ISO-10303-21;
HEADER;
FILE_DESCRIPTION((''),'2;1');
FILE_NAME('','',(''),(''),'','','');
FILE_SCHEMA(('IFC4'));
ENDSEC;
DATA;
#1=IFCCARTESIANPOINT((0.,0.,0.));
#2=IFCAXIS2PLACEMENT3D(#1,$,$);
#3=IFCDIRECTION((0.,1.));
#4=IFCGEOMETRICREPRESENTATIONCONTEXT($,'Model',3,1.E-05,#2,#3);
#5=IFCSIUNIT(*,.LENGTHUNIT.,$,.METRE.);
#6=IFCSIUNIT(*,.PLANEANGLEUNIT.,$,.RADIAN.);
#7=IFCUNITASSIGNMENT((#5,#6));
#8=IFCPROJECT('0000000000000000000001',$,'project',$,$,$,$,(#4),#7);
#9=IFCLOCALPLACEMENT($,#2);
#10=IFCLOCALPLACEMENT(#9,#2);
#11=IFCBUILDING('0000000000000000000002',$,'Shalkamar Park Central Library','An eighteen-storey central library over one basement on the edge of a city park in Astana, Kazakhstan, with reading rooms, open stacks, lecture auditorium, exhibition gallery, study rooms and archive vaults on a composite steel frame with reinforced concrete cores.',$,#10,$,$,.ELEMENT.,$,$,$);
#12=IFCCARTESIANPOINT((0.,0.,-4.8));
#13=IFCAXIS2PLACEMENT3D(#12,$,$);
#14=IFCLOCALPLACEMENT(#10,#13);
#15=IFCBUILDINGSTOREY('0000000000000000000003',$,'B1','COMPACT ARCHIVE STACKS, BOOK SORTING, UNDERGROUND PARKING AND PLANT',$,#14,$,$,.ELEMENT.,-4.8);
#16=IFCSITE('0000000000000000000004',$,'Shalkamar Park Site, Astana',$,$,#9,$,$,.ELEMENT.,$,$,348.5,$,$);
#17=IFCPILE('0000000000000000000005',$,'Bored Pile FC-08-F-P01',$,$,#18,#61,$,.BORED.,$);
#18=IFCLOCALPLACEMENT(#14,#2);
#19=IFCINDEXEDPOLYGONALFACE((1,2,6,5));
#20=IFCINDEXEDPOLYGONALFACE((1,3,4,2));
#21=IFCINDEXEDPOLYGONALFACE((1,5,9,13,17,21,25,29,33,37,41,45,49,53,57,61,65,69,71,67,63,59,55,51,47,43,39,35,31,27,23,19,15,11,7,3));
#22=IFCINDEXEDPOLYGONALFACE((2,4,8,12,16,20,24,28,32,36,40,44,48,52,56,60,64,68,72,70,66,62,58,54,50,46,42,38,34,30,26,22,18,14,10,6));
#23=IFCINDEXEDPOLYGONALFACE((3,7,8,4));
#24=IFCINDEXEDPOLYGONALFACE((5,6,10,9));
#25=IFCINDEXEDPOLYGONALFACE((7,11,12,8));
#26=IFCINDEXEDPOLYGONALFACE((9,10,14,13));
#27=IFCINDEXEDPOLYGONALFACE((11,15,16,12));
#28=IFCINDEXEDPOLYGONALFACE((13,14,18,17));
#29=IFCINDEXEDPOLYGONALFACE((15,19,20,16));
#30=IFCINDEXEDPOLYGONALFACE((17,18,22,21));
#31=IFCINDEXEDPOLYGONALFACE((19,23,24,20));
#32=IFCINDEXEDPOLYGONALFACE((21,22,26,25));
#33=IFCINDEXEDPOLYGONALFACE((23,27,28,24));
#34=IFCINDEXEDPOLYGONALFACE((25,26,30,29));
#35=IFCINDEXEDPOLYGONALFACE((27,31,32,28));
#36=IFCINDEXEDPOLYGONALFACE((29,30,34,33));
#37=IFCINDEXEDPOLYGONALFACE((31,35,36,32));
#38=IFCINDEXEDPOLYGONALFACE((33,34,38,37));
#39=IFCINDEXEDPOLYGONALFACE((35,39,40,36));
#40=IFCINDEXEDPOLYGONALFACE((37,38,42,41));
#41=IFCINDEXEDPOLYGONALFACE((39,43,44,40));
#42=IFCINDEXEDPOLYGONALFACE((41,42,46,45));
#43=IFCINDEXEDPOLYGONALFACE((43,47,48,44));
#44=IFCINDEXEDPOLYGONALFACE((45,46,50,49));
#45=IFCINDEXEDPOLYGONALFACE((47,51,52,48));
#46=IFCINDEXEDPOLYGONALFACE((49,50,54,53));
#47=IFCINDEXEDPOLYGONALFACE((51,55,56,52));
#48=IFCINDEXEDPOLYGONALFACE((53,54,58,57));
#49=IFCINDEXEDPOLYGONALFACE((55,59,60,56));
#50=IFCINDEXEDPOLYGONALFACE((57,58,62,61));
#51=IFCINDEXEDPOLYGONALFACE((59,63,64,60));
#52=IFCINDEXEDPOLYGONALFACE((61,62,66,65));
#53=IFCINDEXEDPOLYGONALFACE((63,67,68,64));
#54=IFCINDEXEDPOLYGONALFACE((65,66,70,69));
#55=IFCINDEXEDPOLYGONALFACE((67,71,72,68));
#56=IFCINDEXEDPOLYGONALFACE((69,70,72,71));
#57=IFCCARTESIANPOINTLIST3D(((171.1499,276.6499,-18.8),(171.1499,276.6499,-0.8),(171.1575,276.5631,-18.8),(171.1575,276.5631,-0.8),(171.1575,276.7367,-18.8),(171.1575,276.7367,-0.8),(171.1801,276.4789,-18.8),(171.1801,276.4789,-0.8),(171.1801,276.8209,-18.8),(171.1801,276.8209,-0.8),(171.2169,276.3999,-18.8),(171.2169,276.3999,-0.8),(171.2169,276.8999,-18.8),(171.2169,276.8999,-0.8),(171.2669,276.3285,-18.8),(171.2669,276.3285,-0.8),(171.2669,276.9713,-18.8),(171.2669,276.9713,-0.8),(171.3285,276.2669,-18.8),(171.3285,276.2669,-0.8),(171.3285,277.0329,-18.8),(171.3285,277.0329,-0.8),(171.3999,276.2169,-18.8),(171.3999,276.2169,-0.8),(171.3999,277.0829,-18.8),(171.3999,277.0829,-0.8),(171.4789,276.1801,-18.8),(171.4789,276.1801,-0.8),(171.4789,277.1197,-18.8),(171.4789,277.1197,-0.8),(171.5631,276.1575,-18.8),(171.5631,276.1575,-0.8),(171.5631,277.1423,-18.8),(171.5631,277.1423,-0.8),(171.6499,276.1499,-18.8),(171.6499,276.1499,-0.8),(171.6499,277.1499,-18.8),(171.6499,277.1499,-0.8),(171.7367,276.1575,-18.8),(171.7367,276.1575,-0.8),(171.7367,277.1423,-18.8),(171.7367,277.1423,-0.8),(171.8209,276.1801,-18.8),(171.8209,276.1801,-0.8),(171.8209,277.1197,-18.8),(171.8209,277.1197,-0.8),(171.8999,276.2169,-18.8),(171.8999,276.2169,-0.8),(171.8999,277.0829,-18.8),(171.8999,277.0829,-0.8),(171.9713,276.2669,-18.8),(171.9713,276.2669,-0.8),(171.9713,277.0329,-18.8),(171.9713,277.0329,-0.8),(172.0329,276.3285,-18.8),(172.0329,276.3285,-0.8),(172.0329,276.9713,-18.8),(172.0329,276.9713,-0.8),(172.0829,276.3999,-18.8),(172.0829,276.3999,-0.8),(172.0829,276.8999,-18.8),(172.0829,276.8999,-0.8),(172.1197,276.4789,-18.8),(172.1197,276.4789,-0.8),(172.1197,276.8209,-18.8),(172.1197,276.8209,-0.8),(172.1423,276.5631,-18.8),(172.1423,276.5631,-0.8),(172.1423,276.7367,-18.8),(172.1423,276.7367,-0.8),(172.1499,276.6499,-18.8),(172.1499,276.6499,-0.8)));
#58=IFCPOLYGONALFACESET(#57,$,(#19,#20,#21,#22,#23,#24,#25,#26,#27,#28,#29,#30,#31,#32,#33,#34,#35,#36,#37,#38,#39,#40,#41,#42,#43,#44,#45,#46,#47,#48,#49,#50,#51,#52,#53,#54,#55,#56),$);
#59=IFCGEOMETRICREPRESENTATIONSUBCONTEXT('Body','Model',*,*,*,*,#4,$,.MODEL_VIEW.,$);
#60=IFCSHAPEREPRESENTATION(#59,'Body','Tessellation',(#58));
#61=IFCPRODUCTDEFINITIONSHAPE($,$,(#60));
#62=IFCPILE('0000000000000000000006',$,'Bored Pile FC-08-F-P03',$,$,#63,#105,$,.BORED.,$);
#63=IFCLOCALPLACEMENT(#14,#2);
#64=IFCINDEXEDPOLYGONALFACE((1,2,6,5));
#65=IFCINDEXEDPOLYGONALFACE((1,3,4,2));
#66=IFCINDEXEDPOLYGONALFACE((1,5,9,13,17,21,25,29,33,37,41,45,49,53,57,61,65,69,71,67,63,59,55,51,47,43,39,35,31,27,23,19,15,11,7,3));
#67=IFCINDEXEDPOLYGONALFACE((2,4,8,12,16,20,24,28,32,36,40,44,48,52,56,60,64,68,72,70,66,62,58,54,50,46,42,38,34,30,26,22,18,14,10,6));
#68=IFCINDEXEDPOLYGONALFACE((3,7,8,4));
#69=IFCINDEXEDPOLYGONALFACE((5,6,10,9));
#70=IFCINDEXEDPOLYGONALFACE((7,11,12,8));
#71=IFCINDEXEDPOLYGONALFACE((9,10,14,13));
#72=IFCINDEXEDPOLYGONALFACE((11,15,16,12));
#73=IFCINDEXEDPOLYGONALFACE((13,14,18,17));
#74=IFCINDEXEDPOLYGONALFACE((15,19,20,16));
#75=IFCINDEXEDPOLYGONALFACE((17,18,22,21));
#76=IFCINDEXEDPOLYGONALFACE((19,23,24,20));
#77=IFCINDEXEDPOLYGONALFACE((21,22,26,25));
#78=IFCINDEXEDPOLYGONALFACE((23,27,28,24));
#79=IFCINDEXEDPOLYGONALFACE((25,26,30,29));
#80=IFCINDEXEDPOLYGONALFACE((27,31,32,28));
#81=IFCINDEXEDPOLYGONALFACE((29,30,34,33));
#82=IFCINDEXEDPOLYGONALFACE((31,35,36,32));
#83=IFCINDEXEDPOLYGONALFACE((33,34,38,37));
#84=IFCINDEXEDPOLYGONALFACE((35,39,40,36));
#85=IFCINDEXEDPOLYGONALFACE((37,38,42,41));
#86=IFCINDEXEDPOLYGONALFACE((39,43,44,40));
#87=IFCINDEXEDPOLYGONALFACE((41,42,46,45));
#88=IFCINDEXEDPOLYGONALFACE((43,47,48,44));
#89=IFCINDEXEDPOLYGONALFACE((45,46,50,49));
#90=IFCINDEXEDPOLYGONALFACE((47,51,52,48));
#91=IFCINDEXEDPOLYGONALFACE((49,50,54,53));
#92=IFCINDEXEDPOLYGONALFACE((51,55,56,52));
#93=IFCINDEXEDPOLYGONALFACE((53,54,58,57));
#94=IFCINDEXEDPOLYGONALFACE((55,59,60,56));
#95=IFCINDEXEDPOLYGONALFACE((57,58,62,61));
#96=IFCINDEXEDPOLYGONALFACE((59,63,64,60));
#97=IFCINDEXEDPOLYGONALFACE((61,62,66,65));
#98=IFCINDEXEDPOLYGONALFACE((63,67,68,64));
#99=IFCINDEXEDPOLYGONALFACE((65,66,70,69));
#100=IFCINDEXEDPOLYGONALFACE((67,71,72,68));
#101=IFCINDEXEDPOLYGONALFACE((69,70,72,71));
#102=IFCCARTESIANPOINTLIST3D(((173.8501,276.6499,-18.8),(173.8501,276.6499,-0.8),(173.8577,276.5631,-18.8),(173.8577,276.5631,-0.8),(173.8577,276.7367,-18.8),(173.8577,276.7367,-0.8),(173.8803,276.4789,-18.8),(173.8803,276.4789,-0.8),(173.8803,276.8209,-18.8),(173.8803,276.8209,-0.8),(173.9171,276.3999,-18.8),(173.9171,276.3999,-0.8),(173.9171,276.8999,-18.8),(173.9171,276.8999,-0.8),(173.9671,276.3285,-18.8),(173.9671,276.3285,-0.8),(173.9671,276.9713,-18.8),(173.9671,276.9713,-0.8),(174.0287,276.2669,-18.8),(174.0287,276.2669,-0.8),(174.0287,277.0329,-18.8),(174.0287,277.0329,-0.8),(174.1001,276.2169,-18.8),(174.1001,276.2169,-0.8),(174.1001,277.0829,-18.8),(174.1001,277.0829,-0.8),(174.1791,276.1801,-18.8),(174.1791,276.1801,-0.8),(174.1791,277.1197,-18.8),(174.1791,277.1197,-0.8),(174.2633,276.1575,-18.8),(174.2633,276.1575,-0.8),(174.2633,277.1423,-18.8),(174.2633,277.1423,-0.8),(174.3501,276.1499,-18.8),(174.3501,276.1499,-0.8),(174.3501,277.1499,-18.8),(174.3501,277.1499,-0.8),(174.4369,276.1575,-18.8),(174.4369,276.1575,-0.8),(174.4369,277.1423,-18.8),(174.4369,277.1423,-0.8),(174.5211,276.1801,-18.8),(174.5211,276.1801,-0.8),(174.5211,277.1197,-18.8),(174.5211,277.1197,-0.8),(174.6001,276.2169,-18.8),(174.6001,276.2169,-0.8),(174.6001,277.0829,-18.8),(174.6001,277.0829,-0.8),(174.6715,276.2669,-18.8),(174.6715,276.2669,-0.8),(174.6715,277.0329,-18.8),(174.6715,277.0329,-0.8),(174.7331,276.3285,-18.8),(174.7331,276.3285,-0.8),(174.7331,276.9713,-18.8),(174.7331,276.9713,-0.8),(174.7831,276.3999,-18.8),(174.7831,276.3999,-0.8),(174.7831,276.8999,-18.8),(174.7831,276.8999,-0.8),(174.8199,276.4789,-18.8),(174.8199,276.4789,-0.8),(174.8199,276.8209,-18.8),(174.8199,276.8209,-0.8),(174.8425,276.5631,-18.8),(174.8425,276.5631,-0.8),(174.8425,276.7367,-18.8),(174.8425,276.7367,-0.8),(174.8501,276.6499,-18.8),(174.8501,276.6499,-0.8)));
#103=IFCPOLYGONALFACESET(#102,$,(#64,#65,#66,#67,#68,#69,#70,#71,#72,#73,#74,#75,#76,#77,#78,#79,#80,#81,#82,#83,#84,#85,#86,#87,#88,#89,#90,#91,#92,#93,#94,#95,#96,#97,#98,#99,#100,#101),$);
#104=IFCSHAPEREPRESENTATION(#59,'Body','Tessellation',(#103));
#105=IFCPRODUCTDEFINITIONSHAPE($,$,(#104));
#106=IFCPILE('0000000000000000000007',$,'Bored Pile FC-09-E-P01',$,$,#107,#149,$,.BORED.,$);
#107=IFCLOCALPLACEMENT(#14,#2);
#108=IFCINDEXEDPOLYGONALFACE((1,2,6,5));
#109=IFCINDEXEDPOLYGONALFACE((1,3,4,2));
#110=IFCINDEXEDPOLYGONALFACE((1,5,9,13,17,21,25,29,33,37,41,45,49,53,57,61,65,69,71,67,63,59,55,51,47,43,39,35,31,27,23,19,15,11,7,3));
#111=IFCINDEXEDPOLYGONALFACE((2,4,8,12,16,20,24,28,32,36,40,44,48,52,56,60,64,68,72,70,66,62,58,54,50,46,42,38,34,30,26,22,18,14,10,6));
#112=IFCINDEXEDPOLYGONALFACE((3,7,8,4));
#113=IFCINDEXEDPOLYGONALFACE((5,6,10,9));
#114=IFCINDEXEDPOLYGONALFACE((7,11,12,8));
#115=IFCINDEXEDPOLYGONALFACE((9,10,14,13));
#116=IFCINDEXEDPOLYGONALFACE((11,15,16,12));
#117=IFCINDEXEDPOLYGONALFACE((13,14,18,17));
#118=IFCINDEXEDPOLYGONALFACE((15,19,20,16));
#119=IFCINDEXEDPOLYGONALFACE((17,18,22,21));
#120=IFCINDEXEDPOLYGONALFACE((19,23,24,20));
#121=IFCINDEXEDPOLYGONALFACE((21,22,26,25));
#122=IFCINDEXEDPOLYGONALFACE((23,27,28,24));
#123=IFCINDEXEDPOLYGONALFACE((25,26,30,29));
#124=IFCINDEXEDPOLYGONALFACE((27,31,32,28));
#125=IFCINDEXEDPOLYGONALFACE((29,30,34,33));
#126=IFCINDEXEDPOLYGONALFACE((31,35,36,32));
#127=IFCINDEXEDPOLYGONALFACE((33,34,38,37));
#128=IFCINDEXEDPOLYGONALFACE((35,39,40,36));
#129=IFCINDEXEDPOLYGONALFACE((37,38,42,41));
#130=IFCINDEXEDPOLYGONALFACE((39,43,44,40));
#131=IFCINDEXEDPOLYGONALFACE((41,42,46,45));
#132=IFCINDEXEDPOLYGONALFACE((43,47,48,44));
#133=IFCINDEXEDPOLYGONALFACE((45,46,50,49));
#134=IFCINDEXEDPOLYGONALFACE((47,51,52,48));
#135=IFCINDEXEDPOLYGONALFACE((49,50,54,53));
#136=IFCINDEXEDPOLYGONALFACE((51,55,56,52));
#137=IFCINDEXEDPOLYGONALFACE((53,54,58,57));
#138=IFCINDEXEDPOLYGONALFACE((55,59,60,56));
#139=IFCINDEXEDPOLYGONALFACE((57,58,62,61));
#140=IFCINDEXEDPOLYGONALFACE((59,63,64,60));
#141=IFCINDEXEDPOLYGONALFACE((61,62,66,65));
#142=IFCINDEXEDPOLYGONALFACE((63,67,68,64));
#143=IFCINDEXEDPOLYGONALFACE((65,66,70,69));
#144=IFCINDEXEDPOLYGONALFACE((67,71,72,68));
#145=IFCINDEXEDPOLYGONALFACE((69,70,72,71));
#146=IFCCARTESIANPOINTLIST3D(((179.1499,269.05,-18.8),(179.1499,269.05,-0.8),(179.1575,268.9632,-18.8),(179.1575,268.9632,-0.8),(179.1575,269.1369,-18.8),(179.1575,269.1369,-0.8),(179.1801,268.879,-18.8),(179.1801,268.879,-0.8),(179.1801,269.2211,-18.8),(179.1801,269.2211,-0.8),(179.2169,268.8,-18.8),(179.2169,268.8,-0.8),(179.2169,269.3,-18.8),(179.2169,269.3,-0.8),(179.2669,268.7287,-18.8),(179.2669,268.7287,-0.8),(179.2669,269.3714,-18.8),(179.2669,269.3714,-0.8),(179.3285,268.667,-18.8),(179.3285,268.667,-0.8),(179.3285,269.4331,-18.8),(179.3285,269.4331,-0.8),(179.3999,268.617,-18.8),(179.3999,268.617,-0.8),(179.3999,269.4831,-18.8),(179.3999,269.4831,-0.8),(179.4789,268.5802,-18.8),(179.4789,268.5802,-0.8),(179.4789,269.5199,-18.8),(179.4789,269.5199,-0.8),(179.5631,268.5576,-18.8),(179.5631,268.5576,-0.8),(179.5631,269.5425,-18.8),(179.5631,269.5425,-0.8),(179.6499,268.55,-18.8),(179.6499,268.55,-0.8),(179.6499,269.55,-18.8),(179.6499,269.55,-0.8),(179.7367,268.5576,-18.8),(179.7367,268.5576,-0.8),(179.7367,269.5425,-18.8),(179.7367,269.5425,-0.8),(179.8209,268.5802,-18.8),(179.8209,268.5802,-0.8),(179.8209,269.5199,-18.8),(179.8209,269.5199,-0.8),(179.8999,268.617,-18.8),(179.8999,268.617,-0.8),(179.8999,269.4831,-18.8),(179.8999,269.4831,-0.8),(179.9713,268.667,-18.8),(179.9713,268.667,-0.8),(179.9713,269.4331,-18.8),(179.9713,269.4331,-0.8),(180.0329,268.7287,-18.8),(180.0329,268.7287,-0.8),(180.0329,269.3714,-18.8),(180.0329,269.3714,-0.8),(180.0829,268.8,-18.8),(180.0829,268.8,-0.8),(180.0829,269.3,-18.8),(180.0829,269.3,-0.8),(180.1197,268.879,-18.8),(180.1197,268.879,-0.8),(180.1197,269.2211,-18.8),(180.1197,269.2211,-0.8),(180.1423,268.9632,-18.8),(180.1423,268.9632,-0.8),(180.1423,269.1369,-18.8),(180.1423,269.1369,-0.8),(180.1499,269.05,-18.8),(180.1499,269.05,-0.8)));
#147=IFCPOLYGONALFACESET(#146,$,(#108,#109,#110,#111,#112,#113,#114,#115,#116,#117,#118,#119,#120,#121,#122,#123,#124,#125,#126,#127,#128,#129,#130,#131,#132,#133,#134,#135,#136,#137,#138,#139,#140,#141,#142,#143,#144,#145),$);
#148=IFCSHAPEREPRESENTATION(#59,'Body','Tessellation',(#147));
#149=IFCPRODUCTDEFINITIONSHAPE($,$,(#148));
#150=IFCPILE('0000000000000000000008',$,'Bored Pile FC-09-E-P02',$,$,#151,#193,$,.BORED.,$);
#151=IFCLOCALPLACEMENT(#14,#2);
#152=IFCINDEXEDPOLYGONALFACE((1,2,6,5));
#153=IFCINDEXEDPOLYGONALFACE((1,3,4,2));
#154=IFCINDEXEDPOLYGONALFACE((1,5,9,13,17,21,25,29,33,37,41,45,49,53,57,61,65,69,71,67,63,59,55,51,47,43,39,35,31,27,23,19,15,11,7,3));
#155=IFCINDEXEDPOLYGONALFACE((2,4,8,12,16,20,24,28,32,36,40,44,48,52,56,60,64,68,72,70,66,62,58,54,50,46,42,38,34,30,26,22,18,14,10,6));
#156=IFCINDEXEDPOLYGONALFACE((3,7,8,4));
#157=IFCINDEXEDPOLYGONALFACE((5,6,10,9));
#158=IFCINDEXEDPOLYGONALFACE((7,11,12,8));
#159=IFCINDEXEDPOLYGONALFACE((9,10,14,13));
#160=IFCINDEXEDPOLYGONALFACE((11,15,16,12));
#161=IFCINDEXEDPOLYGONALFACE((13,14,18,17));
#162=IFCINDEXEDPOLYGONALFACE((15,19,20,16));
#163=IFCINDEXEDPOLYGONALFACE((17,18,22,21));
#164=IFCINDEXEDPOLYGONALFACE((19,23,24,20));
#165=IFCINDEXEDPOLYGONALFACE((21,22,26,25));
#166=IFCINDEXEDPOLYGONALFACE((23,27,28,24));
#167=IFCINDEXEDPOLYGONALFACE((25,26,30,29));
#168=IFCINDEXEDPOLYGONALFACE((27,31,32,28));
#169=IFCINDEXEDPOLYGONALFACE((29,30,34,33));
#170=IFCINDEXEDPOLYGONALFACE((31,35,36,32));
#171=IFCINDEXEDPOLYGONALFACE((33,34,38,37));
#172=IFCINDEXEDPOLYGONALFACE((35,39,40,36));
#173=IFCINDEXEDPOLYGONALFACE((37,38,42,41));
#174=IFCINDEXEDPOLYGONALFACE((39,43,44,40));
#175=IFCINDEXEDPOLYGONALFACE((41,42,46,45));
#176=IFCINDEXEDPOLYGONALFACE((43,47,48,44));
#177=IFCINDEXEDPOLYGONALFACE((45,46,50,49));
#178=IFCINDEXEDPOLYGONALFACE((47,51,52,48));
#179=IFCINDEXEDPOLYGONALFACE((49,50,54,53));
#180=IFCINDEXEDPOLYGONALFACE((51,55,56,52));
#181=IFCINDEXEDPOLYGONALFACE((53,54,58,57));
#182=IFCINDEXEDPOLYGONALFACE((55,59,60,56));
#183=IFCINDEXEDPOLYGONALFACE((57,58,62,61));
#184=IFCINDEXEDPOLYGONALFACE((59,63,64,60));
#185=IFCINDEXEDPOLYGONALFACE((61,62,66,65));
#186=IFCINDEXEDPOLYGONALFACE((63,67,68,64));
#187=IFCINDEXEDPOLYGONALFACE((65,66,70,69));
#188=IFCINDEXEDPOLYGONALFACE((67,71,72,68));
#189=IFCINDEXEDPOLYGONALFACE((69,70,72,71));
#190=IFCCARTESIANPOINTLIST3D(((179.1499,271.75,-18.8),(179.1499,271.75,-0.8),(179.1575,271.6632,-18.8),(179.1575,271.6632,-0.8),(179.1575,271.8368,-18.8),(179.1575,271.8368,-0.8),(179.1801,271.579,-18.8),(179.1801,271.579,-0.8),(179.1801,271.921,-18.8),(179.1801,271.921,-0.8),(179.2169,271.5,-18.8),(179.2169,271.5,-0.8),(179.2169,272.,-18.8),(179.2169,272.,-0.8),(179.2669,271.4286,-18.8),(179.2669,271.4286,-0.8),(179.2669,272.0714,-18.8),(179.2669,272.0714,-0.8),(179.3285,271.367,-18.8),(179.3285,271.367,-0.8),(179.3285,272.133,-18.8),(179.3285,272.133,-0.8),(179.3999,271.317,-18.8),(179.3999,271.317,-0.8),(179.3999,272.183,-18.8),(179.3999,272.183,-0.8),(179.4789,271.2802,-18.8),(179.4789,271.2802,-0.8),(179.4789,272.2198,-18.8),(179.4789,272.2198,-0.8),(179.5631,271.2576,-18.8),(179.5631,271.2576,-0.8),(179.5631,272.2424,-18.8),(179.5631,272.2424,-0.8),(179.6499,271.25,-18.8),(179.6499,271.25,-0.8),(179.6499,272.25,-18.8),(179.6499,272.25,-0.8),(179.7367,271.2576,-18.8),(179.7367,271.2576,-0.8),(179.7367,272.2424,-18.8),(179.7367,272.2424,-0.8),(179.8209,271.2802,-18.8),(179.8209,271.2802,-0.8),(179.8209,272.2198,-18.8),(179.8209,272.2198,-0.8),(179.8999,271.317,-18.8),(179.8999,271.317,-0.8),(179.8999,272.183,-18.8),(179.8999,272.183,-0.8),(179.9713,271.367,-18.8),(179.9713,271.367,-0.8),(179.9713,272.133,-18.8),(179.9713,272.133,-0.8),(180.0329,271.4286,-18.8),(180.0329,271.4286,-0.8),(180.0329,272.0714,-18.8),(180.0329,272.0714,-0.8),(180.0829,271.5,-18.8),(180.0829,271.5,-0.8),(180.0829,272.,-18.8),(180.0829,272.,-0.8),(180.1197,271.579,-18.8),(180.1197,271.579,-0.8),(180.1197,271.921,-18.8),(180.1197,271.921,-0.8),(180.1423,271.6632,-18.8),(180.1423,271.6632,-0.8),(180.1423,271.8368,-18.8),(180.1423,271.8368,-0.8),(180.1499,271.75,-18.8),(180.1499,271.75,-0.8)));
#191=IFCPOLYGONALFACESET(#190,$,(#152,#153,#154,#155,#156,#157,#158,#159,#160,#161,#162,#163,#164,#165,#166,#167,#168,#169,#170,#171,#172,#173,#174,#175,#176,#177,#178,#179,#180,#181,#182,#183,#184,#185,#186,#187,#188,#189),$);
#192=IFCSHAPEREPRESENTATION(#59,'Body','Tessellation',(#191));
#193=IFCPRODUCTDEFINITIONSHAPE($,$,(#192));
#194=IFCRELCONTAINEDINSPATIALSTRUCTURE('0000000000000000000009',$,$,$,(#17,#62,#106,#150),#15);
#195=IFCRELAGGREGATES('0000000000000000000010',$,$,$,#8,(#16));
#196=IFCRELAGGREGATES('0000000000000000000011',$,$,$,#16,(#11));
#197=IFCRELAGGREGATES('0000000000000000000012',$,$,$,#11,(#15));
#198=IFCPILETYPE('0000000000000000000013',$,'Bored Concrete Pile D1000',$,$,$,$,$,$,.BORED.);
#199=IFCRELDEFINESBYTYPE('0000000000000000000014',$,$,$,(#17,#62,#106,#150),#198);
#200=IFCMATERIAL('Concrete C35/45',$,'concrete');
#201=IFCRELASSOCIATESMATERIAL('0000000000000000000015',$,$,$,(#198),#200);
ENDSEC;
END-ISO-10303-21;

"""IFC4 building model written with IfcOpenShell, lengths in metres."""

from ifc_helpers import new_model, si_unit, direction, frame, origin, origin_2d, place, context, subcontext, project, spatial, circle, extrude, material, material_profile, profile_set, type_object, element, save


model = new_model("IFC4")

# Units and contexts
model_context = context("Model", 3, precision=1e-05, world=origin(), true_north=direction((0.0, 1.0)))
body_context = subcontext(model_context, "Body", "Model", "MODEL_VIEW")
ifc_project = project(units=[si_unit("LENGTHUNIT", "METRE"), si_unit("PLANEANGLEUNIT", "RADIAN")], contexts=[model_context])

# Site, building, storey
site_placement = place(None, origin())
site = spatial("IfcSite", under=ifc_project, at=site_placement, Name="Shalkamar Park Site, Astana", CompositionType="ELEMENT", RefElevation=348.5)
building_placement = place(site_placement, origin())
building = spatial("IfcBuilding", under=site, at=building_placement, Name="Shalkamar Park Central Library", Description="An eighteen-storey central library over one basement on the edge of a city park in Astana, Kazakhstan, with reading rooms, open stacks, lecture auditorium, exhibition gallery, study rooms and archive vaults on a composite steel frame with reinforced concrete cores.", CompositionType="ELEMENT")
storey_placement = place(building_placement, frame((0.0, 0.0, -4.8)))
storey = spatial("IfcBuildingStorey", under=building, at=storey_placement, Name="B1", Description="COMPACT ARCHIVE STACKS, BOOK SORTING, UNDERGROUND PARKING AND PLANT", CompositionType="ELEMENT", Elevation=-4.8)

# Piles
ifc_material_1 = material(Name="Concrete C35/45", Category="concrete")
ifc_material_profile_1 = material_profile(ifc_material_1, circle(Radius=0.5, at=origin_2d()), Name="PILE D1000")
ifc_profile_set_1 = profile_set([ifc_material_profile_1], Name="Concrete C35/45")
pile_type_1 = type_object("IfcPileType", Name="Bored Concrete Pile D1000", PredefinedType="BORED", material=ifc_profile_set_1)
for number, where, z_axis, x_axis, name in (
    (1, (171.6499, 276.6499, -0.8), (0.0, 0.0, -1.0), (1.0, 0.0, 0.0), "Bored Pile FC-08-F-P01"),
    (2, (174.3501, 276.6499, -0.8), (0.0, 0.0, -1.0), (1.0, 0.0, 0.0), "Bored Pile FC-08-F-P03"),
    (3, (179.6499, 269.05, -0.8), (0.0, 0.0, -1.0), (1.0, 0.0, 0.0), "Bored Pile FC-09-E-P01"),
    (4, (179.6499, 271.75, -0.8), (0.0, 0.0, -1.0), (1.0, 0.0, 0.0), "Bored Pile FC-09-E-P02"),
):
    element("IfcPile", number, at=place(storey_placement, frame(where, z_axis=z_axis, x_axis=x_axis)), inside=storey, type_object=pile_type_1, Name=name, PredefinedType="BORED", context=body_context, shape_type="SweptSolid", body=[
        extrude(circle(Radius=0.5, at=origin_2d()), origin(), (0.0, 0.0, 1.0), 18.0),
    ])

save(model, "model.ifc")
